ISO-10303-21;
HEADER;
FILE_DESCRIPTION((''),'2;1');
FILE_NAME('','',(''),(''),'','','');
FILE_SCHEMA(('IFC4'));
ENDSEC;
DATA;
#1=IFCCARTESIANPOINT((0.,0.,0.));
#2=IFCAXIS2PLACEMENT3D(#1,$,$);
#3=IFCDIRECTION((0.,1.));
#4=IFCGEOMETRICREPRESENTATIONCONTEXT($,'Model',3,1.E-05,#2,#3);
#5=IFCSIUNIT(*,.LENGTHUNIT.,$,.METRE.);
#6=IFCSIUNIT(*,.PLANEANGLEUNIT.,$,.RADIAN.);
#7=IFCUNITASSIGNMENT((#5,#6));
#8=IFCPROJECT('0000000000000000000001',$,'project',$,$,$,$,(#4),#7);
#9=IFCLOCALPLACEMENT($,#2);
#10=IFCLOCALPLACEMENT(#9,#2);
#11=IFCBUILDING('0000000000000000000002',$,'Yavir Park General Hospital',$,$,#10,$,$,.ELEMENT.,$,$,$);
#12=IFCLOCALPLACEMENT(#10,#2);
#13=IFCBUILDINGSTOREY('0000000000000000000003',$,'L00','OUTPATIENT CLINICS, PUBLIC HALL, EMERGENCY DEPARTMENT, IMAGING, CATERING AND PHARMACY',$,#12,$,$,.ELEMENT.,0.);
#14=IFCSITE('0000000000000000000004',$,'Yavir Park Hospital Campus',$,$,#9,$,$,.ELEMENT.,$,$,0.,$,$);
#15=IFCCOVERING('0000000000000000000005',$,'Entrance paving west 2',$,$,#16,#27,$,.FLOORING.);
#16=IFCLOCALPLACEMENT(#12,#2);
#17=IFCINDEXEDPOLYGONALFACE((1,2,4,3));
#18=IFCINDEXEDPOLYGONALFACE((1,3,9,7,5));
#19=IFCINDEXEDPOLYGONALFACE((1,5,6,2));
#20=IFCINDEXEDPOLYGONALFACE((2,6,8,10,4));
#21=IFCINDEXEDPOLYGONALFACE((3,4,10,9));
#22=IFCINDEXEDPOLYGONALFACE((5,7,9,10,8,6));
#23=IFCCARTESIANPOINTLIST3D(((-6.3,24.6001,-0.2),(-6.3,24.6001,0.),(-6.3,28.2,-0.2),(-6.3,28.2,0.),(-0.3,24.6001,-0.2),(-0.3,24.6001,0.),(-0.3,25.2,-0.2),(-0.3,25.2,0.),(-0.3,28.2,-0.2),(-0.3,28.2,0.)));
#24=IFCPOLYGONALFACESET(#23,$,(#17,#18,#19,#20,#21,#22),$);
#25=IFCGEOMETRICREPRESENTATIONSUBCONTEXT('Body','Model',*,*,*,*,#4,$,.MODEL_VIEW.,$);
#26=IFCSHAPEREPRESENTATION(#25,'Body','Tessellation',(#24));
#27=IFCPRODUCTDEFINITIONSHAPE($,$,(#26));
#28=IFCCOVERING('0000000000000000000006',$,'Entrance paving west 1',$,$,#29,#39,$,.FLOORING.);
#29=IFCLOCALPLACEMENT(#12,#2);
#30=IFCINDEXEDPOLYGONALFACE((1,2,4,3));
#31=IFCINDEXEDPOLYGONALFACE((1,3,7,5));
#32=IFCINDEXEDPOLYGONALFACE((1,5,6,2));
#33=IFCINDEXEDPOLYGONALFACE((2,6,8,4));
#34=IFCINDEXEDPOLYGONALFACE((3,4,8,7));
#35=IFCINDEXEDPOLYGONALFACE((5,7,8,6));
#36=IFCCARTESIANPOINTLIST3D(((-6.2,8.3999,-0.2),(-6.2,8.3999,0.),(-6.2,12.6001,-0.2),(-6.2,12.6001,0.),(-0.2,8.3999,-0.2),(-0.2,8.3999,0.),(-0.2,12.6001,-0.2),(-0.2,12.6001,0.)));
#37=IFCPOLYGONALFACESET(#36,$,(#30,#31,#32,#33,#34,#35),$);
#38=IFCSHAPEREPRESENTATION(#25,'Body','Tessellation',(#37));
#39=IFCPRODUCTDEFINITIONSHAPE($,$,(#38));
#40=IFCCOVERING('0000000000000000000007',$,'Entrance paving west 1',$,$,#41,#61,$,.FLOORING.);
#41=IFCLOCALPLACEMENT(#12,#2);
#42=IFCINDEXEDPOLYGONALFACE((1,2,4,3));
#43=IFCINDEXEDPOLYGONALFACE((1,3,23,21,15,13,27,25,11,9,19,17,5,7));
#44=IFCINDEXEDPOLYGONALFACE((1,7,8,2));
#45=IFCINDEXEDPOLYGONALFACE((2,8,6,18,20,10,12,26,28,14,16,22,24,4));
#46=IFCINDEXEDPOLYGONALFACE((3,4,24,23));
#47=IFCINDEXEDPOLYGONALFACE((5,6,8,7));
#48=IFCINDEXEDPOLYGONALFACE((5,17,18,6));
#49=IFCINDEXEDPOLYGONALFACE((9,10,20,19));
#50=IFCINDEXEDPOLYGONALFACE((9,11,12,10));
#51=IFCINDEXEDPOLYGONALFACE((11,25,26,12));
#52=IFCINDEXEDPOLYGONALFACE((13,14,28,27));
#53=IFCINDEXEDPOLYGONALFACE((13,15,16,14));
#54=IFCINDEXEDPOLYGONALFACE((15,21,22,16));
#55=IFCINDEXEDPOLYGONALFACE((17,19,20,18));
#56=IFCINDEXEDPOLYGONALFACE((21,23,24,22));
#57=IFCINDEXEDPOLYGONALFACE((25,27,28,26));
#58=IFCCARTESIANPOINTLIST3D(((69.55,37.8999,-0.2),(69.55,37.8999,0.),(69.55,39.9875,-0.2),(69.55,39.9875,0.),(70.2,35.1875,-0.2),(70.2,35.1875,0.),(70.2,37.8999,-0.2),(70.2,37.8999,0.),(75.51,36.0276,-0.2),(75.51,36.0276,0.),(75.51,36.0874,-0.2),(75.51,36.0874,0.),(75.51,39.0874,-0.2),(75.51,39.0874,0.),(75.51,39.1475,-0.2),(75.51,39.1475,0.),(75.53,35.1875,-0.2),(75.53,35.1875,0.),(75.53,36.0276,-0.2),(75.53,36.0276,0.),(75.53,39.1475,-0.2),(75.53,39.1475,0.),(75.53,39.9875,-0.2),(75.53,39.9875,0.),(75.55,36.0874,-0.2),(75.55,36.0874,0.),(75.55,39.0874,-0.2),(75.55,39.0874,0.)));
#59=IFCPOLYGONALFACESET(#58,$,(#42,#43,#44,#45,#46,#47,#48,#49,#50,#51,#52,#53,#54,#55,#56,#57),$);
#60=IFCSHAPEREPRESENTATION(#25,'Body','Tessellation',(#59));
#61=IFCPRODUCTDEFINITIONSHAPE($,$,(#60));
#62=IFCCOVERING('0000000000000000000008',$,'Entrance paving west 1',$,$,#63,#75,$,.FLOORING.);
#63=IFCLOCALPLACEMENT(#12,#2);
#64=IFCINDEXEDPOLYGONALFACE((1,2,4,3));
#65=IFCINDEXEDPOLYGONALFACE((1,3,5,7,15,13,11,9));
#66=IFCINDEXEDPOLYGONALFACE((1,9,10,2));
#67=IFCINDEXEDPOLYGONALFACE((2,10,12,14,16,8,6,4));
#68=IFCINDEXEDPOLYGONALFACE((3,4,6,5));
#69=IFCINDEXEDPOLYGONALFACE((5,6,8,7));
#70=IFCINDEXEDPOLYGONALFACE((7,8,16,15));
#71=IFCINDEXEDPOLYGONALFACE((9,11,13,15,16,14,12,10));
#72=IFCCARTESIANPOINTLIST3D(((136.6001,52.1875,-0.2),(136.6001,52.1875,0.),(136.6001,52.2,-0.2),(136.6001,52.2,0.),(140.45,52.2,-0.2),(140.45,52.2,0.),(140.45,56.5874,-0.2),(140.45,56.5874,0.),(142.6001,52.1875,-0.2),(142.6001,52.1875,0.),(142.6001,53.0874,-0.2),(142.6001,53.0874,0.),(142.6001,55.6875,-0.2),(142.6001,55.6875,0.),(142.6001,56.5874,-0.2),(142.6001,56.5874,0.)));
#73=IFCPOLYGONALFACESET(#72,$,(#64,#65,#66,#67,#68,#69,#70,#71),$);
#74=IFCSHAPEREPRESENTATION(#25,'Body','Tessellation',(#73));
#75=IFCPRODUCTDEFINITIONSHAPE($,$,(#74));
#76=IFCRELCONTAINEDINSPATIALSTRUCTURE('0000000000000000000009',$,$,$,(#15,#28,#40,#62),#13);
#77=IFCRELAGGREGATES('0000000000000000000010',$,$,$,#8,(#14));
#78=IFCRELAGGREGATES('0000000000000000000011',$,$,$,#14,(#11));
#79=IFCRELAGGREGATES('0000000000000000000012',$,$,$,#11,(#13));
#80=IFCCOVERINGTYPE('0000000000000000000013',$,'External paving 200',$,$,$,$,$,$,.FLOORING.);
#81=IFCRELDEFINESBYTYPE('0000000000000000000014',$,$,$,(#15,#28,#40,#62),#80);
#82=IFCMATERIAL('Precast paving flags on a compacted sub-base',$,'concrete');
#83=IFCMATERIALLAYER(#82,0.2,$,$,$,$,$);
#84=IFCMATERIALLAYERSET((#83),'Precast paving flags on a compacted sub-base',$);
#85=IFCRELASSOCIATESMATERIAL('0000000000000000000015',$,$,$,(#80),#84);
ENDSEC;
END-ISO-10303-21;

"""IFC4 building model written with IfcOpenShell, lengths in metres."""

from ifc_helpers import new_model, si_unit, direction, frame, origin, place, context, subcontext, project, spatial, polyline, outline, extrude, material, layer, layer_set, type_object, element, save


model = new_model("IFC4")

# Units and contexts
model_context = context("Model", 3, precision=1e-05, world=origin(), true_north=direction((0.0, 1.0)))
body_context = subcontext(model_context, "Body", "Model", "MODEL_VIEW")
ifc_project = project(units=[si_unit("LENGTHUNIT", "METRE"), si_unit("PLANEANGLEUNIT", "RADIAN")], contexts=[model_context])

# Site, building, storey
site_placement = place(None, origin())
site = spatial("IfcSite", under=ifc_project, at=site_placement, Name="Yavir Park Hospital Campus", CompositionType="ELEMENT", RefElevation=0.0)
building_placement = place(site_placement, origin())
building = spatial("IfcBuilding", under=site, at=building_placement, Name="Yavir Park General Hospital", CompositionType="ELEMENT")
storey_placement = place(building_placement, origin())
storey = spatial("IfcBuildingStorey", under=building, at=storey_placement, Name="L00", Description="OUTPATIENT CLINICS, PUBLIC HALL, EMERGENCY DEPARTMENT, IMAGING, CATERING AND PHARMACY", CompositionType="ELEMENT", Elevation=0.0)

# Coverings
ifc_material_1 = material(Name="Precast paving flags on a compacted sub-base", Category="concrete")
ifc_layer_1 = layer(ifc_material_1, 0.2)
ifc_layer_set_1 = layer_set([ifc_layer_1], Name="Precast paving flags on a compacted sub-base")
covering_type_1 = type_object("IfcCoveringType", Name="External paving 200", PredefinedType="FLOORING", material=ifc_layer_set_1)
covering_1_placement = place(storey_placement, frame((0.0, 0.0, -0.2)))
element("IfcCovering", 1, at=covering_1_placement, inside=storey, type_object=covering_type_1, Name="Entrance paving west 2", PredefinedType="FLOORING", context=body_context, shape_type="SweptSolid", body=[
    extrude(outline(polyline([(-0.3, 24.6001), (-6.3, 24.6001), (-6.3, 28.2), (-0.3, 28.2), (-0.3, 25.2), (-0.3, 24.6001)])), origin(), (0.0, 0.0, 1.0), 0.2),
])
covering_2_placement = place(storey_placement, frame((0.0, 0.0, -0.2)))
element("IfcCovering", 2, at=covering_2_placement, inside=storey, type_object=covering_type_1, Name="Entrance paving west 1", PredefinedType="FLOORING", context=body_context, shape_type="SweptSolid", body=[
    extrude(outline(polyline([(-0.2, 8.3999), (-6.2, 8.3999), (-6.2, 12.6001), (-0.2, 12.6001), (-0.2, 8.3999)])), origin(), (0.0, 0.0, 1.0), 0.2),
])
covering_3_placement = place(storey_placement, frame((0.0, 0.0, -0.2)))
element("IfcCovering", 3, at=covering_3_placement, inside=storey, type_object=covering_type_1, Name="Entrance paving west 1", PredefinedType="FLOORING", context=body_context, shape_type="SweptSolid", body=[
    extrude(outline(polyline([(70.2, 37.8999), (69.55, 37.8999), (69.55, 39.9875), (75.53, 39.9875), (75.53, 39.1475), (75.51, 39.1475), (75.51, 39.0874), (75.55, 39.0874), (75.55, 36.0874), (75.51, 36.0874), (75.51, 36.0276), (75.53, 36.0276), (75.53, 35.1875), (70.2, 35.1875), (70.2, 37.8999)])), origin(), (0.0, 0.0, 1.0), 0.2),
])
covering_4_placement = place(storey_placement, frame((0.0, 0.0, -0.2)))
element("IfcCovering", 4, at=covering_4_placement, inside=storey, type_object=covering_type_1, Name="Entrance paving west 1", PredefinedType="FLOORING", context=body_context, shape_type="SweptSolid", body=[
    extrude(outline(polyline([(142.6001, 56.5874), (142.6001, 55.6875), (142.6001, 53.0874), (142.6001, 52.1875), (136.6001, 52.1875), (136.6001, 52.2), (140.45, 52.2), (140.45, 56.5874), (142.6001, 56.5874)])), origin(), (0.0, 0.0, 1.0), 0.2),
])

save(model, "model.ifc")
